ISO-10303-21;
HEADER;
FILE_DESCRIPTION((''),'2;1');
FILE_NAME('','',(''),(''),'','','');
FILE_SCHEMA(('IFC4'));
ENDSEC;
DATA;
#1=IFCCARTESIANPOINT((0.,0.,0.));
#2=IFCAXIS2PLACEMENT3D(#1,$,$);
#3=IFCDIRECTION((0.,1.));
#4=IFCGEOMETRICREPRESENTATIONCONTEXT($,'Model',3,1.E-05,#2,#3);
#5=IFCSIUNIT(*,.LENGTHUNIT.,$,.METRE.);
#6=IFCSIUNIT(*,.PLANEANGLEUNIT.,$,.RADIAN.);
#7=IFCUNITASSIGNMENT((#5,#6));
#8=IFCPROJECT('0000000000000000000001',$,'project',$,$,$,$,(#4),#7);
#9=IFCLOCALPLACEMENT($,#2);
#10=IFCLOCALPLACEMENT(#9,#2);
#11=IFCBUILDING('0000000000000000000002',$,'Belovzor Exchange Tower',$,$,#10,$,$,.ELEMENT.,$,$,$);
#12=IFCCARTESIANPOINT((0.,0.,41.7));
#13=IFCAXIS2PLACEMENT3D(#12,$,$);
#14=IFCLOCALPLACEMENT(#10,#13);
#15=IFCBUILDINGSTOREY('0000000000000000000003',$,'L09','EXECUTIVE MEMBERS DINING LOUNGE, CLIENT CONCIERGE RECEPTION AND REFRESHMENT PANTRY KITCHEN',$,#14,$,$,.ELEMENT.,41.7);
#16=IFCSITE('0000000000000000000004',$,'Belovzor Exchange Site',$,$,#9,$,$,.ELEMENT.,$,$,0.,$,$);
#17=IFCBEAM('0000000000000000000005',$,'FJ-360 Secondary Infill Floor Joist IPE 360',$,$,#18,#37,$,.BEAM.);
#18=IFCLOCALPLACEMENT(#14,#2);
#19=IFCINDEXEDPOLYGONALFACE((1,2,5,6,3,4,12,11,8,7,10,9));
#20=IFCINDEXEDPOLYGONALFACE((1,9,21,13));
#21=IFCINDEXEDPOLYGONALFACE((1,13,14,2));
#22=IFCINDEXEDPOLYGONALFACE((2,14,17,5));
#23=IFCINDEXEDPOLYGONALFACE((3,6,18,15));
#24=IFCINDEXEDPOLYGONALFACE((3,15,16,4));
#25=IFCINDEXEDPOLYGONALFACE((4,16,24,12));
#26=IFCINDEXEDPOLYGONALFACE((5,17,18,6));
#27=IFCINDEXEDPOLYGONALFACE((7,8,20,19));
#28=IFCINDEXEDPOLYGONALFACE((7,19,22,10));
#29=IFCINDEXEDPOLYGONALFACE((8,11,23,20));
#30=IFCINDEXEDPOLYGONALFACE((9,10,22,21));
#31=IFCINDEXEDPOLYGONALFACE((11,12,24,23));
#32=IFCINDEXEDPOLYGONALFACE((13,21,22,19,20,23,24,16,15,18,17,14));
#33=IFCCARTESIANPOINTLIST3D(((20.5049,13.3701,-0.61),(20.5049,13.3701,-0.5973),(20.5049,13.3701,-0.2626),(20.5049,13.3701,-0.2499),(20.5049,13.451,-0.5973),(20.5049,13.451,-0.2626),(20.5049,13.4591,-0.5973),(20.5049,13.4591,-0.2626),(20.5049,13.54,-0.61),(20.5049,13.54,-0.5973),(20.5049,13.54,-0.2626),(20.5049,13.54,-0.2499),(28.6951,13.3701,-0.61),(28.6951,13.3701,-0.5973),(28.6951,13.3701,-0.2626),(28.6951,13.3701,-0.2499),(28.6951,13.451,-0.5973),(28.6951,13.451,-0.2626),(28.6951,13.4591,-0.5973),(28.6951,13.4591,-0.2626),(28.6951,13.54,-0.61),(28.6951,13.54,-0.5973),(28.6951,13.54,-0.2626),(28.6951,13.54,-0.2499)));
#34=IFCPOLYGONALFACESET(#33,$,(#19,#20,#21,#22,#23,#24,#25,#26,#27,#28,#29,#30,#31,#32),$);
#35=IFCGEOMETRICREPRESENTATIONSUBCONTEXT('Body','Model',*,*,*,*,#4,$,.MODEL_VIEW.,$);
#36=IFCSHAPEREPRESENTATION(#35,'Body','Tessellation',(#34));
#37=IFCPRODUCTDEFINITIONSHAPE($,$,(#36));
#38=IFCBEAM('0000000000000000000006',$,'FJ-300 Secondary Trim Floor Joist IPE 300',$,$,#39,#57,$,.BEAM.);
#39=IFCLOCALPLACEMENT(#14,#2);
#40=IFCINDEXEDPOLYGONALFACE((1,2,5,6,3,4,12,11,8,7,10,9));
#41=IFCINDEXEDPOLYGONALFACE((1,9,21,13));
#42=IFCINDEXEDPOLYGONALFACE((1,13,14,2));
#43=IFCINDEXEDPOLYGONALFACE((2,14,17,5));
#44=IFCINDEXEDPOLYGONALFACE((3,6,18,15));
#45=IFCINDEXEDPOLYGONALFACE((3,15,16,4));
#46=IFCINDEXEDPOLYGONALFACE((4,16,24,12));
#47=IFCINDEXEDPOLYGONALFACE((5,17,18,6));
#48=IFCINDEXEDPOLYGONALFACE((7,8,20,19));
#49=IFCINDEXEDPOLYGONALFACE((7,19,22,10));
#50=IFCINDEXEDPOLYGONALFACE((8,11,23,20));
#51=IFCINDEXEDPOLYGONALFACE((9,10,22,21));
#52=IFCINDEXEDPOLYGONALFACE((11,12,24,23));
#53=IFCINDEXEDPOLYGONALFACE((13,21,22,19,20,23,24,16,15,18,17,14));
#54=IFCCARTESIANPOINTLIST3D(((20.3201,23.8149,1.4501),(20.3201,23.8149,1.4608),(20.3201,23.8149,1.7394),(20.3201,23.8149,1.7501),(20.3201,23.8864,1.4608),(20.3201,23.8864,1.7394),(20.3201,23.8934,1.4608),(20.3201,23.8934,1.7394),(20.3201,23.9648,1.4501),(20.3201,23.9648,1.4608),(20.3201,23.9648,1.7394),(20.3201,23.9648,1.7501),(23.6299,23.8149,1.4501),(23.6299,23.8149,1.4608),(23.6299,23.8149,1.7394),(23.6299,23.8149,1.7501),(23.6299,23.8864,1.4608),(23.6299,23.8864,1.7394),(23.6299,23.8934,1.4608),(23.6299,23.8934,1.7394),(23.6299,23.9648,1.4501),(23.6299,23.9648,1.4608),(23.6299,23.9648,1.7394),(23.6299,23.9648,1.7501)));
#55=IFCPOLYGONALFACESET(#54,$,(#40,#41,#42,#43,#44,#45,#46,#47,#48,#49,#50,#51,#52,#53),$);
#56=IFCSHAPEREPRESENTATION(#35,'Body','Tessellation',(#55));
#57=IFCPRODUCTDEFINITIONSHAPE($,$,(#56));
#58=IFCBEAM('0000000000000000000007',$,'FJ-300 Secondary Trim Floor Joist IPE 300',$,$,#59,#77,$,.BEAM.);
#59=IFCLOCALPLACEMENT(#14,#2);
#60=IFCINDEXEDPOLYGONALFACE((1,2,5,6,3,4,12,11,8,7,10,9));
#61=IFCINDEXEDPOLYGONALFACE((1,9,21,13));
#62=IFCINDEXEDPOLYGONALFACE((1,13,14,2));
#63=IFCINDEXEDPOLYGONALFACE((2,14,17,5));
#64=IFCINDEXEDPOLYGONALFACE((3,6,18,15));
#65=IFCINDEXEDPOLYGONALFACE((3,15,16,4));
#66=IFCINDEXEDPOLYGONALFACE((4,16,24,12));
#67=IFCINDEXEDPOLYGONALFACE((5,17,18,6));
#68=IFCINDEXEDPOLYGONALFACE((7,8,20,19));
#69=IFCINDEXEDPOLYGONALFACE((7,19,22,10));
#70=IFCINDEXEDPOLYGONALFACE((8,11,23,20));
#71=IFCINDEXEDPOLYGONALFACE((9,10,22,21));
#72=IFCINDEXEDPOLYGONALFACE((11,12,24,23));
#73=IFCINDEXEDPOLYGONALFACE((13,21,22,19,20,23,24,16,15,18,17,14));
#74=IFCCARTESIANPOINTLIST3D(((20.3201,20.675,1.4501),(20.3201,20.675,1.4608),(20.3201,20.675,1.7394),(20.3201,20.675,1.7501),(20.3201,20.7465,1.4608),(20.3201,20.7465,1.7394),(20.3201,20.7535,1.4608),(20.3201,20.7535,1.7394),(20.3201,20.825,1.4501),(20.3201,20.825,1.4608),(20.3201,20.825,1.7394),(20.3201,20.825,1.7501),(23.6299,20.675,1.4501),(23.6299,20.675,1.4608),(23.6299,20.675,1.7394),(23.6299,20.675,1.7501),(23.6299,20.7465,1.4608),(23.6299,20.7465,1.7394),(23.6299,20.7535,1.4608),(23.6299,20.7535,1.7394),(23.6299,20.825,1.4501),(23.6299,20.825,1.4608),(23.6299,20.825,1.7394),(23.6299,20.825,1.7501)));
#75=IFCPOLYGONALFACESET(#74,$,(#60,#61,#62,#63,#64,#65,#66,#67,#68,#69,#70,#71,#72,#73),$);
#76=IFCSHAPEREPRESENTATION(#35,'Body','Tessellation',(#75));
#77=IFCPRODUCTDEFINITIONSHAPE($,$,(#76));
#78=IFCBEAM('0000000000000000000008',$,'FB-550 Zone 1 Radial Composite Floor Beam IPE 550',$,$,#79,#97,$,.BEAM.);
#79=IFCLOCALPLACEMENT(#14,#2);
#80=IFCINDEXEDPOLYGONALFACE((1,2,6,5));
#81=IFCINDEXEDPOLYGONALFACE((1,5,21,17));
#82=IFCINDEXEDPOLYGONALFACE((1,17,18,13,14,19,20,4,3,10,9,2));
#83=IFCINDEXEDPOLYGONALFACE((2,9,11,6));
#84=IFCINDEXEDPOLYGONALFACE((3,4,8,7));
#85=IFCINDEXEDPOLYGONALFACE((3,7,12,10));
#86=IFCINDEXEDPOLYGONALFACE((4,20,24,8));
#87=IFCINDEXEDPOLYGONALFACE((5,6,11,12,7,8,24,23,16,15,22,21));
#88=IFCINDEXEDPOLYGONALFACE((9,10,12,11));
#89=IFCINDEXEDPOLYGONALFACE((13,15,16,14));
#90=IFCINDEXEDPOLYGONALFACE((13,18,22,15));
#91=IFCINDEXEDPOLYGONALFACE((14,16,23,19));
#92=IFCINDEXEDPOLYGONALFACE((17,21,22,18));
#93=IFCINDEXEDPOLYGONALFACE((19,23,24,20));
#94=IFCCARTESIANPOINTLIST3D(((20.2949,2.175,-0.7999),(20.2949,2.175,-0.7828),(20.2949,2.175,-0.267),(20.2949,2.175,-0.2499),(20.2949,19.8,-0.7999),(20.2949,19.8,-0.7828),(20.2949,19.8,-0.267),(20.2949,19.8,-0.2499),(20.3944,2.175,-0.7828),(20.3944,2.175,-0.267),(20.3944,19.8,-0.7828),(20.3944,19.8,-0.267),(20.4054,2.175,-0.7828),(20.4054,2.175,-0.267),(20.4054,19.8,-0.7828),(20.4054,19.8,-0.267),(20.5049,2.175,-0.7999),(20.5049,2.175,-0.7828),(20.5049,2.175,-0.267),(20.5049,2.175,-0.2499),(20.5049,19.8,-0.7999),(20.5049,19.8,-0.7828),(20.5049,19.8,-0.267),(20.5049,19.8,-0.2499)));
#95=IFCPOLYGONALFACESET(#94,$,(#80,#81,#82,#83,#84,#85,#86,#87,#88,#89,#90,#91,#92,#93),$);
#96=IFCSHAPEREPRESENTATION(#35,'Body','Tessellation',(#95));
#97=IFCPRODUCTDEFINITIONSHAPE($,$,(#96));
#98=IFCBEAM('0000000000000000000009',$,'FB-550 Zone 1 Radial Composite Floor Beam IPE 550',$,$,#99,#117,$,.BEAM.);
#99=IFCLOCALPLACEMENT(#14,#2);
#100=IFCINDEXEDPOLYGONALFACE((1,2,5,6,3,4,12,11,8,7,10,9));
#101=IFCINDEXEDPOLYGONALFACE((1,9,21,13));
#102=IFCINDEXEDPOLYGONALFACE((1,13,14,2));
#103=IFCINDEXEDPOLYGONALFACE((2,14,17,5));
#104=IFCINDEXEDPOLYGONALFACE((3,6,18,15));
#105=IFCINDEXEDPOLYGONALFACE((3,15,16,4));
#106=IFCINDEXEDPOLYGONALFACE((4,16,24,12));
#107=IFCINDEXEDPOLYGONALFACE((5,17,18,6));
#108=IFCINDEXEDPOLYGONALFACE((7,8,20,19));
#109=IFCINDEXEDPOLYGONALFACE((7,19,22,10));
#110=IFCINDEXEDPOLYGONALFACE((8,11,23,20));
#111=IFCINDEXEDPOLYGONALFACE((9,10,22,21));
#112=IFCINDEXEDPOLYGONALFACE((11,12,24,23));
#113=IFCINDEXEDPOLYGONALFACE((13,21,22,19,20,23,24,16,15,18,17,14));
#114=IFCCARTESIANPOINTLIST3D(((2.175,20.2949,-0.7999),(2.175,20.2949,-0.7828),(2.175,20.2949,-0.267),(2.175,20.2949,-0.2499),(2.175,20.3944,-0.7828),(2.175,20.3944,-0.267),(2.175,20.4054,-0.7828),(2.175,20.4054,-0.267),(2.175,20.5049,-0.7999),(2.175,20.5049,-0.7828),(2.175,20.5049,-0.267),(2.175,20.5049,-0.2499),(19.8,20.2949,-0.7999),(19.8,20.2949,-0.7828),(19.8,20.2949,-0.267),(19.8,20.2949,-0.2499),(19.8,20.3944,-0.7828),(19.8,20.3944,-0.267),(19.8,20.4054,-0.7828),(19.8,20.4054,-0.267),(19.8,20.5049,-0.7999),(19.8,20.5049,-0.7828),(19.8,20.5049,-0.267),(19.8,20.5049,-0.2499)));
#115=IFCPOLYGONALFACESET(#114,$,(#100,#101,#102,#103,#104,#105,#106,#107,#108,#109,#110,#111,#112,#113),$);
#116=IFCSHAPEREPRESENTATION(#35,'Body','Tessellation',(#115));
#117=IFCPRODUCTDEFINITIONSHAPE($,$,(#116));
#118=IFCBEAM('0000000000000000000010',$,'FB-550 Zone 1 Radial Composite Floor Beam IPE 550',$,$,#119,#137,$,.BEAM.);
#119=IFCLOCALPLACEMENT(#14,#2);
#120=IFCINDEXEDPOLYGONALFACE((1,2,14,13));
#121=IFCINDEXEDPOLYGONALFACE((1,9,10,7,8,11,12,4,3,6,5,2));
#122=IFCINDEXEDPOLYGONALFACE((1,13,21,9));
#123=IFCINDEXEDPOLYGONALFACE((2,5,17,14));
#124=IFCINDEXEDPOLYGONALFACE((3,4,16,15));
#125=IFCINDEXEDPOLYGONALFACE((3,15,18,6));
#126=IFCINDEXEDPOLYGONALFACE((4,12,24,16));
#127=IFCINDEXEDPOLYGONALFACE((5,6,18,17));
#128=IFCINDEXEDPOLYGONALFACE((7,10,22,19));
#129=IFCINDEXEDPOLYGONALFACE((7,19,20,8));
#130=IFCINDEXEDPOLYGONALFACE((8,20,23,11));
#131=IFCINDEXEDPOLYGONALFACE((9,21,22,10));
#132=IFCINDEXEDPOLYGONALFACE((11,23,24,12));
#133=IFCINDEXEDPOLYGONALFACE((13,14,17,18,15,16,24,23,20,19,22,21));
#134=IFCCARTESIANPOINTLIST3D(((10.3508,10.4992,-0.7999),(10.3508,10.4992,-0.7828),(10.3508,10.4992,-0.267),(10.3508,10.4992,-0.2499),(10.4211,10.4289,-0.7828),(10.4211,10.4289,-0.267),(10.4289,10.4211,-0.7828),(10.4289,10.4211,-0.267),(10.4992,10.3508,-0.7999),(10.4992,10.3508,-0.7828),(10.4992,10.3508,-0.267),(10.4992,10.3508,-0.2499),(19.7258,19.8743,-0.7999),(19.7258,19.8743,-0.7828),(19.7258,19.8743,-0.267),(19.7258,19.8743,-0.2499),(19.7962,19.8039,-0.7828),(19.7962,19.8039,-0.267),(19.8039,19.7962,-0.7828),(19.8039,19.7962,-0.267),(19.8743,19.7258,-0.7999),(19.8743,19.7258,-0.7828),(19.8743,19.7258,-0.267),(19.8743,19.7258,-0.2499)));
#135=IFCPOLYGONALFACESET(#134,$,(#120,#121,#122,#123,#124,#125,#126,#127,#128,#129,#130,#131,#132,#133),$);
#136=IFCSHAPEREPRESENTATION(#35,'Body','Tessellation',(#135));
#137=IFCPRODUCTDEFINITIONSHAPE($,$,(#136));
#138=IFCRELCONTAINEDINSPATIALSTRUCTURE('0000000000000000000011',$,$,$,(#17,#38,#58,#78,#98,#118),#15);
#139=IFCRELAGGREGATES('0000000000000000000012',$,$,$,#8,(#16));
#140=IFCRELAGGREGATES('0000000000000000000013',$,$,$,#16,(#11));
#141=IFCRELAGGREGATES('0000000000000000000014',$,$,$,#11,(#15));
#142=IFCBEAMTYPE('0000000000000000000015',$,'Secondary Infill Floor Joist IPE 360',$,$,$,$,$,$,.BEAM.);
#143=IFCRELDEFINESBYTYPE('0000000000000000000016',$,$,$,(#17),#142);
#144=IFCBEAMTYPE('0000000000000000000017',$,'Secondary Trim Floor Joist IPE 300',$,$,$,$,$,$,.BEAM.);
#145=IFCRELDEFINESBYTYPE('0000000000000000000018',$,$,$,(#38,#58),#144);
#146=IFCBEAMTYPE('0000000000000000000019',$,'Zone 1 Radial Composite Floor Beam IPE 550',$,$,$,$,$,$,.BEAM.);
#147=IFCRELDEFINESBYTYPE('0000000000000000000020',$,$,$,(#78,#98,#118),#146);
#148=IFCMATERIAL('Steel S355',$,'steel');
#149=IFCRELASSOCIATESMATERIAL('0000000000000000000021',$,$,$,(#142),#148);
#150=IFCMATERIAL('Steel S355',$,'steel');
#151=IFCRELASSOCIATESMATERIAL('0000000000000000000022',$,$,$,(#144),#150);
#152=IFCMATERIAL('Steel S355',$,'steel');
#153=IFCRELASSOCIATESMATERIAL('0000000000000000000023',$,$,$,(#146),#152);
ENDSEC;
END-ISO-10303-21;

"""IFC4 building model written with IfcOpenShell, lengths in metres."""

from ifc_helpers import new_model, si_unit, direction, frame, origin, origin_2d, place, context, subcontext, project, spatial, i_section, extrude, material, material_profile, profile_set, type_object, element, save


model = new_model("IFC4")

# Units and contexts
model_context = context("Model", 3, precision=1e-05, world=origin(), true_north=direction((0.0, 1.0)))
body_context = subcontext(model_context, "Body", "Model", "MODEL_VIEW")
ifc_project = project(units=[si_unit("LENGTHUNIT", "METRE"), si_unit("PLANEANGLEUNIT", "RADIAN")], contexts=[model_context])

# Site, building, storey
site_placement = place(None, origin())
site = spatial("IfcSite", under=ifc_project, at=site_placement, Name="Belovzor Exchange Site", CompositionType="ELEMENT", RefElevation=0.0)
building_placement = place(site_placement, origin())
building = spatial("IfcBuilding", under=site, at=building_placement, Name="Belovzor Exchange Tower", CompositionType="ELEMENT")
storey_placement = place(building_placement, frame((0.0, 0.0, 41.7)))
storey = spatial("IfcBuildingStorey", under=building, at=storey_placement, Name="L09", Description="EXECUTIVE MEMBERS DINING LOUNGE, CLIENT CONCIERGE RECEPTION AND REFRESHMENT PANTRY KITCHEN", CompositionType="ELEMENT", Elevation=41.7)

# Beams
ifc_material_1 = material(Name="Steel S355", Category="steel")
ifc_material_profile_1 = material_profile(ifc_material_1, i_section(OverallWidth=0.1699, OverallDepth=0.3601, WebThickness=0.0081, FlangeThickness=0.0127, at=origin_2d()))
ifc_profile_set_1 = profile_set([ifc_material_profile_1], Name="Steel S355")
beam_type_1 = type_object("IfcBeamType", Name="Secondary Infill Floor Joist IPE 360", PredefinedType="BEAM", material=ifc_profile_set_1)
beam_1_placement = place(storey_placement, frame((20.5049, 13.4551, -0.4299), z_axis=(1.0, 0.0, 0.0), x_axis=(0.0, 1.0, 0.0)))
element("IfcBeam", 1, at=beam_1_placement, inside=storey, type_object=beam_type_1, Name="FJ-360 Secondary Infill Floor Joist IPE 360", PredefinedType="BEAM", context=body_context, shape_type="SweptSolid", body=[
    extrude(i_section(OverallWidth=0.1699, OverallDepth=0.3601, WebThickness=0.0081, FlangeThickness=0.0127, at=origin_2d()), origin(), (0.0, 0.0, 1.0), 8.1902),
])
ifc_material_2 = material(Name="Steel S355", Category="steel")
ifc_material_profile_2 = material_profile(ifc_material_2, i_section(OverallWidth=0.1499, OverallDepth=0.3, WebThickness=0.0071, FlangeThickness=0.0107, at=origin_2d()))
ifc_profile_set_2 = profile_set([ifc_material_profile_2], Name="Steel S355")
beam_type_2 = type_object("IfcBeamType", Name="Secondary Trim Floor Joist IPE 300", PredefinedType="BEAM", material=ifc_profile_set_2)
for number, where, z_axis, x_axis, name in (
    (2, (20.3201, 23.8899, 1.6001), (1.0, 0.0, 0.0), (0.0, 1.0, 0.0), "FJ-300 Secondary Trim Floor Joist IPE 300"),
    (3, (20.3201, 20.75, 1.6001), (1.0, 0.0, 0.0), (0.0, 1.0, 0.0), "FJ-300 Secondary Trim Floor Joist IPE 300"),
):
    element("IfcBeam", number, at=place(storey_placement, frame(where, z_axis=z_axis, x_axis=x_axis)), inside=storey, type_object=beam_type_2, Name=name, PredefinedType="BEAM", context=body_context, shape_type="SweptSolid", body=[
        extrude(i_section(OverallWidth=0.1499, OverallDepth=0.3, WebThickness=0.0071, FlangeThickness=0.0107, at=origin_2d()), origin(), (0.0, 0.0, 1.0), 3.3098),
    ])
ifc_material_3 = material(Name="Steel S355", Category="steel")
ifc_material_profile_3 = material_profile(ifc_material_3, i_section(OverallWidth=0.21, OverallDepth=0.55, WebThickness=0.011, FlangeThickness=0.0171, at=origin_2d()))
ifc_profile_set_3 = profile_set([ifc_material_profile_3], Name="Steel S355")
beam_type_3 = type_object("IfcBeamType", Name="Zone 1 Radial Composite Floor Beam IPE 550", PredefinedType="BEAM", material=ifc_profile_set_3)
for number, where, z_axis, x_axis, name in (
    (4, (20.3999, 19.8, -0.5249), (0.0, -1.0, 0.0), (1.0, 0.0, 0.0), "FB-550 Zone 1 Radial Composite Floor Beam IPE 550"),
    (5, (19.8, 20.3999, -0.5249), (-1.0, 0.0, 0.0), (0.0, -1.0, 0.0), "FB-550 Zone 1 Radial Composite Floor Beam IPE 550"),
):
    element("IfcBeam", number, at=place(storey_placement, frame(where, z_axis=z_axis, x_axis=x_axis)), inside=storey, type_object=beam_type_3, Name=name, PredefinedType="BEAM", context=body_context, shape_type="SweptSolid", body=[
        extrude(i_section(OverallWidth=0.21, OverallDepth=0.55, WebThickness=0.011, FlangeThickness=0.0171, at=origin_2d()), origin(), (0.0, 0.0, 1.0), 17.625),
    ])
beam_2_placement = place(storey_placement, frame((19.8, 19.8, -0.5249), z_axis=(-0.707107, -0.707107, 0.0), x_axis=(0.707107, -0.707107, 0.0)))
element("IfcBeam", 6, at=beam_2_placement, inside=storey, type_object=beam_type_3, Name="FB-550 Zone 1 Radial Composite Floor Beam IPE 550", PredefinedType="BEAM", context=body_context, shape_type="SweptSolid", body=[
    extrude(i_section(OverallWidth=0.21, OverallDepth=0.55, WebThickness=0.011, FlangeThickness=0.0171, at=origin_2d()), origin(), (0.0, 0.0, 1.0), 13.2583),
])

save(model, "model.ifc")
